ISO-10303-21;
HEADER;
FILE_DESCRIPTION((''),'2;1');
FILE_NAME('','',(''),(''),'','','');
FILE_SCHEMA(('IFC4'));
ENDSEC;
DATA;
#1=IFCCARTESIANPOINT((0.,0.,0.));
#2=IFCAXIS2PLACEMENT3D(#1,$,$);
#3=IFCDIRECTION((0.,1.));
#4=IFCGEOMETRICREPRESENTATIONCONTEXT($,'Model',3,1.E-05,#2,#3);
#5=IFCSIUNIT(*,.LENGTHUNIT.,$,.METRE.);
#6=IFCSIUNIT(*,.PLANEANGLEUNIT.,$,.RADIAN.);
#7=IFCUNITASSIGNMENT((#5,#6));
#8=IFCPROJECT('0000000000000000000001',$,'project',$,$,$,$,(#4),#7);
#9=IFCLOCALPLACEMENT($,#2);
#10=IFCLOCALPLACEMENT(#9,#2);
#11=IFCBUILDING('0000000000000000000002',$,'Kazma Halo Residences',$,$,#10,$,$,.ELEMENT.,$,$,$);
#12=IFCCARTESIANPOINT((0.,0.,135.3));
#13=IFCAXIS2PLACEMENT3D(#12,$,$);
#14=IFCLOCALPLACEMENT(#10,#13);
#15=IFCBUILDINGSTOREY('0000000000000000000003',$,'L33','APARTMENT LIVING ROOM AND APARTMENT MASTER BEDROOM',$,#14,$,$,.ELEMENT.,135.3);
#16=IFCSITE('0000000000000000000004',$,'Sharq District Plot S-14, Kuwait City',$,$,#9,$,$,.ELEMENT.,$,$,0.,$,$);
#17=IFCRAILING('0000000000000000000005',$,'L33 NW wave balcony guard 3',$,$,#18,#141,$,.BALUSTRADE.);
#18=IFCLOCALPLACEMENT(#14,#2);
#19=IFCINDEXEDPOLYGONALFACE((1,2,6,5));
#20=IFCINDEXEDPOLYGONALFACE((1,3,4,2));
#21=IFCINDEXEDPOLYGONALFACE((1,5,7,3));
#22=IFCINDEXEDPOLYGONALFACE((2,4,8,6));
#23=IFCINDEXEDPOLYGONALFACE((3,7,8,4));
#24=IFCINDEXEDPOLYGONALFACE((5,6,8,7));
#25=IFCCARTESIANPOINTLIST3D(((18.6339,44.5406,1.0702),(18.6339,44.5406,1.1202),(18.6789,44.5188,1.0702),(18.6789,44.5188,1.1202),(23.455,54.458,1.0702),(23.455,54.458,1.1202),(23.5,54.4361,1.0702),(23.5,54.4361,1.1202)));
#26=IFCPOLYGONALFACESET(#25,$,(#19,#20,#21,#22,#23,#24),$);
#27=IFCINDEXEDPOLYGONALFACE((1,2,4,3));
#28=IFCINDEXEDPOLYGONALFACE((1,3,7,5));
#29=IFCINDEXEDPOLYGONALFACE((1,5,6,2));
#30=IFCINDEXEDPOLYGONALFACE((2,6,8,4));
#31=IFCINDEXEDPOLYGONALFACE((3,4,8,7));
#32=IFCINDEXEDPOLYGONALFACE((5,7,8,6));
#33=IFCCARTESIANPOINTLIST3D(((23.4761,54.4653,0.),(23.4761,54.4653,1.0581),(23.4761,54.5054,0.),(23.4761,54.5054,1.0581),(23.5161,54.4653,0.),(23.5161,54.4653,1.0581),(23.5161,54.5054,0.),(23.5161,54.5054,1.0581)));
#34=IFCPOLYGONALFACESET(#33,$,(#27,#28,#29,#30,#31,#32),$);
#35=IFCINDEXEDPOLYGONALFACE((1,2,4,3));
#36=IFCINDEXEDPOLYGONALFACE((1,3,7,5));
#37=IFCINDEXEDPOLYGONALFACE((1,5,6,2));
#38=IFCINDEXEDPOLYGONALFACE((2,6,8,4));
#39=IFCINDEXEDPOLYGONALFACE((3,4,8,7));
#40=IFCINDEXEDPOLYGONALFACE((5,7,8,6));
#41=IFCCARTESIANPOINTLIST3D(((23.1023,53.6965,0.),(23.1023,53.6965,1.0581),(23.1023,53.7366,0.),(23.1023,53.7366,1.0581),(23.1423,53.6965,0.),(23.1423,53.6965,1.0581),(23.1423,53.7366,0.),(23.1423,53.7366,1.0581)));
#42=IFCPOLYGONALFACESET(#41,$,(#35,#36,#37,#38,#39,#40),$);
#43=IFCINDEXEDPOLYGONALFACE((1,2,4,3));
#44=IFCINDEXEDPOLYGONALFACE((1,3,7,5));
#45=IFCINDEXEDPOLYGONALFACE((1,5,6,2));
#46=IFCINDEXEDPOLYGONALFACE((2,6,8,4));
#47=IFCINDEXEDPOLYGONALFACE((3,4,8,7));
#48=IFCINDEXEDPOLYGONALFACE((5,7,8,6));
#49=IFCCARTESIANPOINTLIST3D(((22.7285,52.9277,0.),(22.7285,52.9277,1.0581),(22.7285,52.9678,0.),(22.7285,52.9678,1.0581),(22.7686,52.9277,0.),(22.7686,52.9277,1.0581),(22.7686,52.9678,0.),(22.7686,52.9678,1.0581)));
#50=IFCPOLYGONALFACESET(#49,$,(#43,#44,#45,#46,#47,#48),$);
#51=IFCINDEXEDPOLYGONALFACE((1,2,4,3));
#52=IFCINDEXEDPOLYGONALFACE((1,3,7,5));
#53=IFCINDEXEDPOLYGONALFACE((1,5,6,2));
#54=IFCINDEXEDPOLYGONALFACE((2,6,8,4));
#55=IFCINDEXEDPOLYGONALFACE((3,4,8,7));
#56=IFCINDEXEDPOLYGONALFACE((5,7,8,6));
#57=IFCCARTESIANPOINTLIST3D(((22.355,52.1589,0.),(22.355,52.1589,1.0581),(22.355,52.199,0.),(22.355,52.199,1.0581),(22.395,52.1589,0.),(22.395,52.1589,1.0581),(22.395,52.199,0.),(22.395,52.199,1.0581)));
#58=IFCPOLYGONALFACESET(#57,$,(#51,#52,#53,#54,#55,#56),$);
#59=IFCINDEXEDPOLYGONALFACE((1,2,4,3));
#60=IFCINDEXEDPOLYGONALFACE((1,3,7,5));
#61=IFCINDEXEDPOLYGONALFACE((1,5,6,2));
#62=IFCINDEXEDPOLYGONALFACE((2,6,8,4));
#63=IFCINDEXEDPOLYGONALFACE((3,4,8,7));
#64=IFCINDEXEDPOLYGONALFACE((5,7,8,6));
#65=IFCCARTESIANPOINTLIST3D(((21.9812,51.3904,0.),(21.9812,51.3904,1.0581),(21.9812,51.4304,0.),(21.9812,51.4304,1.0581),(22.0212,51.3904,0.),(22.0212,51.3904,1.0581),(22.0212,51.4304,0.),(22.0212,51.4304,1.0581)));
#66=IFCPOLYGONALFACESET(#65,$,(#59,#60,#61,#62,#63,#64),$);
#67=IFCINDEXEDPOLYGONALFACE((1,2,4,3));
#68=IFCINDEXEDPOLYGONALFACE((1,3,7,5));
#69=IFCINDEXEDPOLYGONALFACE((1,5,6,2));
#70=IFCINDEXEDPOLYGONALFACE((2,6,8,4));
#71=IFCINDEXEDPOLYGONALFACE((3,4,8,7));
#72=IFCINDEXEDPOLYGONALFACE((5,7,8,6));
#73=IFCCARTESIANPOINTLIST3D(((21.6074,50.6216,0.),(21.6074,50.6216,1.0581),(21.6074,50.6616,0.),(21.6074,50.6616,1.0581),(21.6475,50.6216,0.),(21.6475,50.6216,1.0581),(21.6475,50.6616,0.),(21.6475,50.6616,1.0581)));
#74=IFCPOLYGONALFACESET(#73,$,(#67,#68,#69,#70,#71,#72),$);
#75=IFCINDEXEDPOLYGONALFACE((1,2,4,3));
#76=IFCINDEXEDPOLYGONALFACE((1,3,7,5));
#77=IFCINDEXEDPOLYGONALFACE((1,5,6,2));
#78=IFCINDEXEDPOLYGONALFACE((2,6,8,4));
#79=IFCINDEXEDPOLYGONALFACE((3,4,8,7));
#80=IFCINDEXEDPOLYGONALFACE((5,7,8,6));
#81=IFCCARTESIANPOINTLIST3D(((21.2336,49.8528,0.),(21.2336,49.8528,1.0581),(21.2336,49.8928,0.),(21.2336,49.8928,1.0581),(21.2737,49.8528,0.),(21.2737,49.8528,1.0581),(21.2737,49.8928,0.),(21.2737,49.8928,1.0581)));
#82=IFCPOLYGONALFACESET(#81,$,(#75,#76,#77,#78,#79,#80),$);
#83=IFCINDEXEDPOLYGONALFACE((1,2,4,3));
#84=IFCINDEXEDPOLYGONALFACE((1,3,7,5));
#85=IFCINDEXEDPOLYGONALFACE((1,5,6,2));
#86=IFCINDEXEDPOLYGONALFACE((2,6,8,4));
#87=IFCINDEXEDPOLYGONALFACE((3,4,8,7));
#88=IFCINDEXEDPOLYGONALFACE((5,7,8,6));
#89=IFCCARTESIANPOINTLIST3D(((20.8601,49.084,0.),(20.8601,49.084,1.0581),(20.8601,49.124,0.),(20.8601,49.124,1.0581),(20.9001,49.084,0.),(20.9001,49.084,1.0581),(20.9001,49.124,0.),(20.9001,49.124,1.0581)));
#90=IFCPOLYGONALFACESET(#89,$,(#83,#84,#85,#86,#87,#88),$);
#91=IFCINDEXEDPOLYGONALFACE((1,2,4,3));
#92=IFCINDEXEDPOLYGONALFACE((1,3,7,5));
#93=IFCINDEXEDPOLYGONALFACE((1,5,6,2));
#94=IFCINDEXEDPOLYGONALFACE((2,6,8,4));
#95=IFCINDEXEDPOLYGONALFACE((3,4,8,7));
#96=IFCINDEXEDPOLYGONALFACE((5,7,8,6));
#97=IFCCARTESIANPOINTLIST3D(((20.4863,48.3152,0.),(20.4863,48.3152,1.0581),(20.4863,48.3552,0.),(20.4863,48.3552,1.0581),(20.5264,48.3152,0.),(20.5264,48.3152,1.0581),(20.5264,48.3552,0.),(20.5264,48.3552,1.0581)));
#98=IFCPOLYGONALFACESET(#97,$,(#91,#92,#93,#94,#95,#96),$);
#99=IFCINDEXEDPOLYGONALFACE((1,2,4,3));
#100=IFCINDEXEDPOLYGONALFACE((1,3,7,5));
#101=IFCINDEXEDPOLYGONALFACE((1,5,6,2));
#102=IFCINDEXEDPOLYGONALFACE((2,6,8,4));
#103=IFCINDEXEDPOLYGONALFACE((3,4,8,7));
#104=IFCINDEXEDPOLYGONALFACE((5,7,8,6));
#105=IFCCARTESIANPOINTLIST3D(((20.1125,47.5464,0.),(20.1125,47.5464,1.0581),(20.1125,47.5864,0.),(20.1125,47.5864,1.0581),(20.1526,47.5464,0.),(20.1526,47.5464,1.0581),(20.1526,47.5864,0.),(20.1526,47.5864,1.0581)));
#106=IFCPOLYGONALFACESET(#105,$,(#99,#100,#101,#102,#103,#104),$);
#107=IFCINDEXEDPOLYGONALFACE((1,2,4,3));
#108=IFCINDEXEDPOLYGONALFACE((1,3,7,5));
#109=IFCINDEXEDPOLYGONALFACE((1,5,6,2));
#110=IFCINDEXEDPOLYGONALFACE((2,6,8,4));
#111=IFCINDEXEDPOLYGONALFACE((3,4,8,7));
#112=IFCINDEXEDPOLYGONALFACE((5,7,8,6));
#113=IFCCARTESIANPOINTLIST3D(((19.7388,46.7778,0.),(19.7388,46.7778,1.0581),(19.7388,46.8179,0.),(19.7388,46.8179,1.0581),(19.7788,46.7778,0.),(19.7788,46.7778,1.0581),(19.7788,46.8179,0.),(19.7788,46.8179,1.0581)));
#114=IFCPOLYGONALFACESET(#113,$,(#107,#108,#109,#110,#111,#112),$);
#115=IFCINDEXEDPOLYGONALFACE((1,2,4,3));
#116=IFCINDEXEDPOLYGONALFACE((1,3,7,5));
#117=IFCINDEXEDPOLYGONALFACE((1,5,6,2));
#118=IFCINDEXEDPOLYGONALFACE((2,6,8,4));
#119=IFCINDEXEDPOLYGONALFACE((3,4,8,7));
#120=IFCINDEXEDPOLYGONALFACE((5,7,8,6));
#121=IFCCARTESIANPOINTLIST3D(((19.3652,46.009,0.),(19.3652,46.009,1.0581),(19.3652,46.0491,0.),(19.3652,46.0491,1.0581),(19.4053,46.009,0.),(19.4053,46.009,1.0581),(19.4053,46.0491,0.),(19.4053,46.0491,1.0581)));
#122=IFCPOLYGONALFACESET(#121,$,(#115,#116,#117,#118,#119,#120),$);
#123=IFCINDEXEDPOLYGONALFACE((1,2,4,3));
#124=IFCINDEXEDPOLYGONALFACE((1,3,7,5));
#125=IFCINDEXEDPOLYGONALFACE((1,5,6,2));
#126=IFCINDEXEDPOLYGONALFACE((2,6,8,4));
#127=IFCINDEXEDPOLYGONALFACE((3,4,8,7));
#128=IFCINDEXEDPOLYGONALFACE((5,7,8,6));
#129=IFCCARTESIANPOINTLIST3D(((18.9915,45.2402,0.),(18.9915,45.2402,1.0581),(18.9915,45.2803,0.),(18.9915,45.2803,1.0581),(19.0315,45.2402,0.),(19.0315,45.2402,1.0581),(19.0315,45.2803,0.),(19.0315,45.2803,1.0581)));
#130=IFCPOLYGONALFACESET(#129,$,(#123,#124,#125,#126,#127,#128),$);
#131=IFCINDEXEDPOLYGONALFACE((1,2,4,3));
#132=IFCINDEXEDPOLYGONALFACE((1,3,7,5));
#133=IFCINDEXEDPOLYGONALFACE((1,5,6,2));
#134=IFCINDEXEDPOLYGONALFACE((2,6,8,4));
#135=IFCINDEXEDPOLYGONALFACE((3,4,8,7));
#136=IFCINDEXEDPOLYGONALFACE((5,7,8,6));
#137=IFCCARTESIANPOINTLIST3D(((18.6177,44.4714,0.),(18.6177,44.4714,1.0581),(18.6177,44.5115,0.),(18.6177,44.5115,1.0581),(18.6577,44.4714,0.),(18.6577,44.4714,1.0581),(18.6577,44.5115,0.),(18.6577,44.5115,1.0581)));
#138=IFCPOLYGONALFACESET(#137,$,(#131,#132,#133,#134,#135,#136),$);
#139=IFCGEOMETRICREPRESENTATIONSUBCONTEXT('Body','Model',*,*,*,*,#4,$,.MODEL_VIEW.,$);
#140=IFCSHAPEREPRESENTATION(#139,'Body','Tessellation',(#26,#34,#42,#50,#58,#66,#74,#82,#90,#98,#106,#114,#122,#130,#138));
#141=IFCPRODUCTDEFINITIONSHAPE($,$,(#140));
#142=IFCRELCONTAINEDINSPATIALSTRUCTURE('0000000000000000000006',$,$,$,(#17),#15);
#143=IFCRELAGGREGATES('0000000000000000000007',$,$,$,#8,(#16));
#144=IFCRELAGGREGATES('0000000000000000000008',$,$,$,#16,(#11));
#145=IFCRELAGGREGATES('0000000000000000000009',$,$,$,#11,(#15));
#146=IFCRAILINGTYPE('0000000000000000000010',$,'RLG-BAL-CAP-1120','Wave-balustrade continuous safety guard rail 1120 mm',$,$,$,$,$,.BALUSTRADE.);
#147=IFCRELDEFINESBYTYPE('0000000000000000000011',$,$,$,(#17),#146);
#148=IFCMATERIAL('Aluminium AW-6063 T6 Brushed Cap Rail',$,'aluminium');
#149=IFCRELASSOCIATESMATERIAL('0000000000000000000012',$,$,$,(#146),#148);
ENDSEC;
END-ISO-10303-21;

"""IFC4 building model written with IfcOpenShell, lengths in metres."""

from ifc_helpers import new_model, si_unit, direction, frame, origin, origin_2d, place, context, subcontext, project, spatial, rectangle, extrude, material, type_object, element, save


model = new_model("IFC4")

# Units and contexts
model_context = context("Model", 3, precision=1e-05, world=origin(), true_north=direction((0.0, 1.0)))
body_context = subcontext(model_context, "Body", "Model", "MODEL_VIEW")
ifc_project = project(units=[si_unit("LENGTHUNIT", "METRE"), si_unit("PLANEANGLEUNIT", "RADIAN")], contexts=[model_context])

# Site, building, storey
site_placement = place(None, origin())
site = spatial("IfcSite", under=ifc_project, at=site_placement, Name="Sharq District Plot S-14, Kuwait City", CompositionType="ELEMENT", RefElevation=0.0)
building_placement = place(site_placement, origin())
building = spatial("IfcBuilding", under=site, at=building_placement, Name="Kazma Halo Residences", CompositionType="ELEMENT")
storey_placement = place(building_placement, frame((0.0, 0.0, 135.3)))
storey = spatial("IfcBuildingStorey", under=building, at=storey_placement, Name="L33", Description="APARTMENT LIVING ROOM AND APARTMENT MASTER BEDROOM", CompositionType="ELEMENT", Elevation=135.3)

# Railing
ifc_material_1 = material(Name="Aluminium AW-6063 T6 Brushed Cap Rail", Category="aluminium")
railing_type = type_object("IfcRailingType", Name="RLG-BAL-CAP-1120", Description="Wave-balustrade continuous safety guard rail 1120 mm", PredefinedType="BALUSTRADE", material=ifc_material_1)
railing_1_placement = place(storey_placement, frame((23.4961, 54.4854, 0.0)))
element("IfcRailing", 1, at=railing_1_placement, inside=storey, type_object=railing_type, Name="L33 NW wave balcony guard 3", PredefinedType="BALUSTRADE", context=body_context, shape_type="SweptSolid", body=[
    extrude(rectangle(XDim=0.05, YDim=0.05, at=origin_2d()), frame((-0.0186, -0.0383, 1.0952), z_axis=(-0.437211, -0.899359, 0.0), x_axis=(0.899359, -0.437211, 0.0)), (0.0, 0.0, 1.0), 11.0271),
    extrude(rectangle(XDim=0.04, YDim=0.04, at=origin_2d()), origin(), (0.0, 0.0, 1.0), 1.0581),
    extrude(rectangle(XDim=0.04, YDim=0.04, at=origin_2d()), frame((-0.3738, -0.7688, 0.0)), (0.0, 0.0, 1.0), 1.0581),
    extrude(rectangle(XDim=0.04, YDim=0.04, at=origin_2d()), frame((-0.7476, -1.5376, 0.0)), (0.0, 0.0, 1.0), 1.0581),
    extrude(rectangle(XDim=0.04, YDim=0.04, at=origin_2d()), frame((-1.1211, -2.3064, 0.0)), (0.0, 0.0, 1.0), 1.0581),
    extrude(rectangle(XDim=0.04, YDim=0.04, at=origin_2d()), frame((-1.4949, -3.075, 0.0)), (0.0, 0.0, 1.0), 1.0581),
    extrude(rectangle(XDim=0.04, YDim=0.04, at=origin_2d()), frame((-1.8687, -3.8438, 0.0)), (0.0, 0.0, 1.0), 1.0581),
    extrude(rectangle(XDim=0.04, YDim=0.04, at=origin_2d()), frame((-2.2424, -4.6125, 0.0)), (0.0, 0.0, 1.0), 1.0581),
    extrude(rectangle(XDim=0.04, YDim=0.04, at=origin_2d()), frame((-2.616, -5.3813, 0.0)), (0.0, 0.0, 1.0), 1.0581),
    extrude(rectangle(XDim=0.04, YDim=0.04, at=origin_2d()), frame((-2.9897, -6.1501, 0.0)), (0.0, 0.0, 1.0), 1.0581),
    extrude(rectangle(XDim=0.04, YDim=0.04, at=origin_2d()), frame((-3.3635, -6.9189, 0.0)), (0.0, 0.0, 1.0), 1.0581),
    extrude(rectangle(XDim=0.04, YDim=0.04, at=origin_2d()), frame((-3.7373, -7.6875, 0.0)), (0.0, 0.0, 1.0), 1.0581),
    extrude(rectangle(XDim=0.04, YDim=0.04, at=origin_2d()), frame((-4.1108, -8.4563, 0.0)), (0.0, 0.0, 1.0), 1.0581),
    extrude(rectangle(XDim=0.04, YDim=0.04, at=origin_2d()), frame((-4.4846, -9.2251, 0.0)), (0.0, 0.0, 1.0), 1.0581),
    extrude(rectangle(XDim=0.04, YDim=0.04, at=origin_2d()), frame((-4.8584, -9.9939, 0.0)), (0.0, 0.0, 1.0), 1.0581),
])

save(model, "model.ifc")
